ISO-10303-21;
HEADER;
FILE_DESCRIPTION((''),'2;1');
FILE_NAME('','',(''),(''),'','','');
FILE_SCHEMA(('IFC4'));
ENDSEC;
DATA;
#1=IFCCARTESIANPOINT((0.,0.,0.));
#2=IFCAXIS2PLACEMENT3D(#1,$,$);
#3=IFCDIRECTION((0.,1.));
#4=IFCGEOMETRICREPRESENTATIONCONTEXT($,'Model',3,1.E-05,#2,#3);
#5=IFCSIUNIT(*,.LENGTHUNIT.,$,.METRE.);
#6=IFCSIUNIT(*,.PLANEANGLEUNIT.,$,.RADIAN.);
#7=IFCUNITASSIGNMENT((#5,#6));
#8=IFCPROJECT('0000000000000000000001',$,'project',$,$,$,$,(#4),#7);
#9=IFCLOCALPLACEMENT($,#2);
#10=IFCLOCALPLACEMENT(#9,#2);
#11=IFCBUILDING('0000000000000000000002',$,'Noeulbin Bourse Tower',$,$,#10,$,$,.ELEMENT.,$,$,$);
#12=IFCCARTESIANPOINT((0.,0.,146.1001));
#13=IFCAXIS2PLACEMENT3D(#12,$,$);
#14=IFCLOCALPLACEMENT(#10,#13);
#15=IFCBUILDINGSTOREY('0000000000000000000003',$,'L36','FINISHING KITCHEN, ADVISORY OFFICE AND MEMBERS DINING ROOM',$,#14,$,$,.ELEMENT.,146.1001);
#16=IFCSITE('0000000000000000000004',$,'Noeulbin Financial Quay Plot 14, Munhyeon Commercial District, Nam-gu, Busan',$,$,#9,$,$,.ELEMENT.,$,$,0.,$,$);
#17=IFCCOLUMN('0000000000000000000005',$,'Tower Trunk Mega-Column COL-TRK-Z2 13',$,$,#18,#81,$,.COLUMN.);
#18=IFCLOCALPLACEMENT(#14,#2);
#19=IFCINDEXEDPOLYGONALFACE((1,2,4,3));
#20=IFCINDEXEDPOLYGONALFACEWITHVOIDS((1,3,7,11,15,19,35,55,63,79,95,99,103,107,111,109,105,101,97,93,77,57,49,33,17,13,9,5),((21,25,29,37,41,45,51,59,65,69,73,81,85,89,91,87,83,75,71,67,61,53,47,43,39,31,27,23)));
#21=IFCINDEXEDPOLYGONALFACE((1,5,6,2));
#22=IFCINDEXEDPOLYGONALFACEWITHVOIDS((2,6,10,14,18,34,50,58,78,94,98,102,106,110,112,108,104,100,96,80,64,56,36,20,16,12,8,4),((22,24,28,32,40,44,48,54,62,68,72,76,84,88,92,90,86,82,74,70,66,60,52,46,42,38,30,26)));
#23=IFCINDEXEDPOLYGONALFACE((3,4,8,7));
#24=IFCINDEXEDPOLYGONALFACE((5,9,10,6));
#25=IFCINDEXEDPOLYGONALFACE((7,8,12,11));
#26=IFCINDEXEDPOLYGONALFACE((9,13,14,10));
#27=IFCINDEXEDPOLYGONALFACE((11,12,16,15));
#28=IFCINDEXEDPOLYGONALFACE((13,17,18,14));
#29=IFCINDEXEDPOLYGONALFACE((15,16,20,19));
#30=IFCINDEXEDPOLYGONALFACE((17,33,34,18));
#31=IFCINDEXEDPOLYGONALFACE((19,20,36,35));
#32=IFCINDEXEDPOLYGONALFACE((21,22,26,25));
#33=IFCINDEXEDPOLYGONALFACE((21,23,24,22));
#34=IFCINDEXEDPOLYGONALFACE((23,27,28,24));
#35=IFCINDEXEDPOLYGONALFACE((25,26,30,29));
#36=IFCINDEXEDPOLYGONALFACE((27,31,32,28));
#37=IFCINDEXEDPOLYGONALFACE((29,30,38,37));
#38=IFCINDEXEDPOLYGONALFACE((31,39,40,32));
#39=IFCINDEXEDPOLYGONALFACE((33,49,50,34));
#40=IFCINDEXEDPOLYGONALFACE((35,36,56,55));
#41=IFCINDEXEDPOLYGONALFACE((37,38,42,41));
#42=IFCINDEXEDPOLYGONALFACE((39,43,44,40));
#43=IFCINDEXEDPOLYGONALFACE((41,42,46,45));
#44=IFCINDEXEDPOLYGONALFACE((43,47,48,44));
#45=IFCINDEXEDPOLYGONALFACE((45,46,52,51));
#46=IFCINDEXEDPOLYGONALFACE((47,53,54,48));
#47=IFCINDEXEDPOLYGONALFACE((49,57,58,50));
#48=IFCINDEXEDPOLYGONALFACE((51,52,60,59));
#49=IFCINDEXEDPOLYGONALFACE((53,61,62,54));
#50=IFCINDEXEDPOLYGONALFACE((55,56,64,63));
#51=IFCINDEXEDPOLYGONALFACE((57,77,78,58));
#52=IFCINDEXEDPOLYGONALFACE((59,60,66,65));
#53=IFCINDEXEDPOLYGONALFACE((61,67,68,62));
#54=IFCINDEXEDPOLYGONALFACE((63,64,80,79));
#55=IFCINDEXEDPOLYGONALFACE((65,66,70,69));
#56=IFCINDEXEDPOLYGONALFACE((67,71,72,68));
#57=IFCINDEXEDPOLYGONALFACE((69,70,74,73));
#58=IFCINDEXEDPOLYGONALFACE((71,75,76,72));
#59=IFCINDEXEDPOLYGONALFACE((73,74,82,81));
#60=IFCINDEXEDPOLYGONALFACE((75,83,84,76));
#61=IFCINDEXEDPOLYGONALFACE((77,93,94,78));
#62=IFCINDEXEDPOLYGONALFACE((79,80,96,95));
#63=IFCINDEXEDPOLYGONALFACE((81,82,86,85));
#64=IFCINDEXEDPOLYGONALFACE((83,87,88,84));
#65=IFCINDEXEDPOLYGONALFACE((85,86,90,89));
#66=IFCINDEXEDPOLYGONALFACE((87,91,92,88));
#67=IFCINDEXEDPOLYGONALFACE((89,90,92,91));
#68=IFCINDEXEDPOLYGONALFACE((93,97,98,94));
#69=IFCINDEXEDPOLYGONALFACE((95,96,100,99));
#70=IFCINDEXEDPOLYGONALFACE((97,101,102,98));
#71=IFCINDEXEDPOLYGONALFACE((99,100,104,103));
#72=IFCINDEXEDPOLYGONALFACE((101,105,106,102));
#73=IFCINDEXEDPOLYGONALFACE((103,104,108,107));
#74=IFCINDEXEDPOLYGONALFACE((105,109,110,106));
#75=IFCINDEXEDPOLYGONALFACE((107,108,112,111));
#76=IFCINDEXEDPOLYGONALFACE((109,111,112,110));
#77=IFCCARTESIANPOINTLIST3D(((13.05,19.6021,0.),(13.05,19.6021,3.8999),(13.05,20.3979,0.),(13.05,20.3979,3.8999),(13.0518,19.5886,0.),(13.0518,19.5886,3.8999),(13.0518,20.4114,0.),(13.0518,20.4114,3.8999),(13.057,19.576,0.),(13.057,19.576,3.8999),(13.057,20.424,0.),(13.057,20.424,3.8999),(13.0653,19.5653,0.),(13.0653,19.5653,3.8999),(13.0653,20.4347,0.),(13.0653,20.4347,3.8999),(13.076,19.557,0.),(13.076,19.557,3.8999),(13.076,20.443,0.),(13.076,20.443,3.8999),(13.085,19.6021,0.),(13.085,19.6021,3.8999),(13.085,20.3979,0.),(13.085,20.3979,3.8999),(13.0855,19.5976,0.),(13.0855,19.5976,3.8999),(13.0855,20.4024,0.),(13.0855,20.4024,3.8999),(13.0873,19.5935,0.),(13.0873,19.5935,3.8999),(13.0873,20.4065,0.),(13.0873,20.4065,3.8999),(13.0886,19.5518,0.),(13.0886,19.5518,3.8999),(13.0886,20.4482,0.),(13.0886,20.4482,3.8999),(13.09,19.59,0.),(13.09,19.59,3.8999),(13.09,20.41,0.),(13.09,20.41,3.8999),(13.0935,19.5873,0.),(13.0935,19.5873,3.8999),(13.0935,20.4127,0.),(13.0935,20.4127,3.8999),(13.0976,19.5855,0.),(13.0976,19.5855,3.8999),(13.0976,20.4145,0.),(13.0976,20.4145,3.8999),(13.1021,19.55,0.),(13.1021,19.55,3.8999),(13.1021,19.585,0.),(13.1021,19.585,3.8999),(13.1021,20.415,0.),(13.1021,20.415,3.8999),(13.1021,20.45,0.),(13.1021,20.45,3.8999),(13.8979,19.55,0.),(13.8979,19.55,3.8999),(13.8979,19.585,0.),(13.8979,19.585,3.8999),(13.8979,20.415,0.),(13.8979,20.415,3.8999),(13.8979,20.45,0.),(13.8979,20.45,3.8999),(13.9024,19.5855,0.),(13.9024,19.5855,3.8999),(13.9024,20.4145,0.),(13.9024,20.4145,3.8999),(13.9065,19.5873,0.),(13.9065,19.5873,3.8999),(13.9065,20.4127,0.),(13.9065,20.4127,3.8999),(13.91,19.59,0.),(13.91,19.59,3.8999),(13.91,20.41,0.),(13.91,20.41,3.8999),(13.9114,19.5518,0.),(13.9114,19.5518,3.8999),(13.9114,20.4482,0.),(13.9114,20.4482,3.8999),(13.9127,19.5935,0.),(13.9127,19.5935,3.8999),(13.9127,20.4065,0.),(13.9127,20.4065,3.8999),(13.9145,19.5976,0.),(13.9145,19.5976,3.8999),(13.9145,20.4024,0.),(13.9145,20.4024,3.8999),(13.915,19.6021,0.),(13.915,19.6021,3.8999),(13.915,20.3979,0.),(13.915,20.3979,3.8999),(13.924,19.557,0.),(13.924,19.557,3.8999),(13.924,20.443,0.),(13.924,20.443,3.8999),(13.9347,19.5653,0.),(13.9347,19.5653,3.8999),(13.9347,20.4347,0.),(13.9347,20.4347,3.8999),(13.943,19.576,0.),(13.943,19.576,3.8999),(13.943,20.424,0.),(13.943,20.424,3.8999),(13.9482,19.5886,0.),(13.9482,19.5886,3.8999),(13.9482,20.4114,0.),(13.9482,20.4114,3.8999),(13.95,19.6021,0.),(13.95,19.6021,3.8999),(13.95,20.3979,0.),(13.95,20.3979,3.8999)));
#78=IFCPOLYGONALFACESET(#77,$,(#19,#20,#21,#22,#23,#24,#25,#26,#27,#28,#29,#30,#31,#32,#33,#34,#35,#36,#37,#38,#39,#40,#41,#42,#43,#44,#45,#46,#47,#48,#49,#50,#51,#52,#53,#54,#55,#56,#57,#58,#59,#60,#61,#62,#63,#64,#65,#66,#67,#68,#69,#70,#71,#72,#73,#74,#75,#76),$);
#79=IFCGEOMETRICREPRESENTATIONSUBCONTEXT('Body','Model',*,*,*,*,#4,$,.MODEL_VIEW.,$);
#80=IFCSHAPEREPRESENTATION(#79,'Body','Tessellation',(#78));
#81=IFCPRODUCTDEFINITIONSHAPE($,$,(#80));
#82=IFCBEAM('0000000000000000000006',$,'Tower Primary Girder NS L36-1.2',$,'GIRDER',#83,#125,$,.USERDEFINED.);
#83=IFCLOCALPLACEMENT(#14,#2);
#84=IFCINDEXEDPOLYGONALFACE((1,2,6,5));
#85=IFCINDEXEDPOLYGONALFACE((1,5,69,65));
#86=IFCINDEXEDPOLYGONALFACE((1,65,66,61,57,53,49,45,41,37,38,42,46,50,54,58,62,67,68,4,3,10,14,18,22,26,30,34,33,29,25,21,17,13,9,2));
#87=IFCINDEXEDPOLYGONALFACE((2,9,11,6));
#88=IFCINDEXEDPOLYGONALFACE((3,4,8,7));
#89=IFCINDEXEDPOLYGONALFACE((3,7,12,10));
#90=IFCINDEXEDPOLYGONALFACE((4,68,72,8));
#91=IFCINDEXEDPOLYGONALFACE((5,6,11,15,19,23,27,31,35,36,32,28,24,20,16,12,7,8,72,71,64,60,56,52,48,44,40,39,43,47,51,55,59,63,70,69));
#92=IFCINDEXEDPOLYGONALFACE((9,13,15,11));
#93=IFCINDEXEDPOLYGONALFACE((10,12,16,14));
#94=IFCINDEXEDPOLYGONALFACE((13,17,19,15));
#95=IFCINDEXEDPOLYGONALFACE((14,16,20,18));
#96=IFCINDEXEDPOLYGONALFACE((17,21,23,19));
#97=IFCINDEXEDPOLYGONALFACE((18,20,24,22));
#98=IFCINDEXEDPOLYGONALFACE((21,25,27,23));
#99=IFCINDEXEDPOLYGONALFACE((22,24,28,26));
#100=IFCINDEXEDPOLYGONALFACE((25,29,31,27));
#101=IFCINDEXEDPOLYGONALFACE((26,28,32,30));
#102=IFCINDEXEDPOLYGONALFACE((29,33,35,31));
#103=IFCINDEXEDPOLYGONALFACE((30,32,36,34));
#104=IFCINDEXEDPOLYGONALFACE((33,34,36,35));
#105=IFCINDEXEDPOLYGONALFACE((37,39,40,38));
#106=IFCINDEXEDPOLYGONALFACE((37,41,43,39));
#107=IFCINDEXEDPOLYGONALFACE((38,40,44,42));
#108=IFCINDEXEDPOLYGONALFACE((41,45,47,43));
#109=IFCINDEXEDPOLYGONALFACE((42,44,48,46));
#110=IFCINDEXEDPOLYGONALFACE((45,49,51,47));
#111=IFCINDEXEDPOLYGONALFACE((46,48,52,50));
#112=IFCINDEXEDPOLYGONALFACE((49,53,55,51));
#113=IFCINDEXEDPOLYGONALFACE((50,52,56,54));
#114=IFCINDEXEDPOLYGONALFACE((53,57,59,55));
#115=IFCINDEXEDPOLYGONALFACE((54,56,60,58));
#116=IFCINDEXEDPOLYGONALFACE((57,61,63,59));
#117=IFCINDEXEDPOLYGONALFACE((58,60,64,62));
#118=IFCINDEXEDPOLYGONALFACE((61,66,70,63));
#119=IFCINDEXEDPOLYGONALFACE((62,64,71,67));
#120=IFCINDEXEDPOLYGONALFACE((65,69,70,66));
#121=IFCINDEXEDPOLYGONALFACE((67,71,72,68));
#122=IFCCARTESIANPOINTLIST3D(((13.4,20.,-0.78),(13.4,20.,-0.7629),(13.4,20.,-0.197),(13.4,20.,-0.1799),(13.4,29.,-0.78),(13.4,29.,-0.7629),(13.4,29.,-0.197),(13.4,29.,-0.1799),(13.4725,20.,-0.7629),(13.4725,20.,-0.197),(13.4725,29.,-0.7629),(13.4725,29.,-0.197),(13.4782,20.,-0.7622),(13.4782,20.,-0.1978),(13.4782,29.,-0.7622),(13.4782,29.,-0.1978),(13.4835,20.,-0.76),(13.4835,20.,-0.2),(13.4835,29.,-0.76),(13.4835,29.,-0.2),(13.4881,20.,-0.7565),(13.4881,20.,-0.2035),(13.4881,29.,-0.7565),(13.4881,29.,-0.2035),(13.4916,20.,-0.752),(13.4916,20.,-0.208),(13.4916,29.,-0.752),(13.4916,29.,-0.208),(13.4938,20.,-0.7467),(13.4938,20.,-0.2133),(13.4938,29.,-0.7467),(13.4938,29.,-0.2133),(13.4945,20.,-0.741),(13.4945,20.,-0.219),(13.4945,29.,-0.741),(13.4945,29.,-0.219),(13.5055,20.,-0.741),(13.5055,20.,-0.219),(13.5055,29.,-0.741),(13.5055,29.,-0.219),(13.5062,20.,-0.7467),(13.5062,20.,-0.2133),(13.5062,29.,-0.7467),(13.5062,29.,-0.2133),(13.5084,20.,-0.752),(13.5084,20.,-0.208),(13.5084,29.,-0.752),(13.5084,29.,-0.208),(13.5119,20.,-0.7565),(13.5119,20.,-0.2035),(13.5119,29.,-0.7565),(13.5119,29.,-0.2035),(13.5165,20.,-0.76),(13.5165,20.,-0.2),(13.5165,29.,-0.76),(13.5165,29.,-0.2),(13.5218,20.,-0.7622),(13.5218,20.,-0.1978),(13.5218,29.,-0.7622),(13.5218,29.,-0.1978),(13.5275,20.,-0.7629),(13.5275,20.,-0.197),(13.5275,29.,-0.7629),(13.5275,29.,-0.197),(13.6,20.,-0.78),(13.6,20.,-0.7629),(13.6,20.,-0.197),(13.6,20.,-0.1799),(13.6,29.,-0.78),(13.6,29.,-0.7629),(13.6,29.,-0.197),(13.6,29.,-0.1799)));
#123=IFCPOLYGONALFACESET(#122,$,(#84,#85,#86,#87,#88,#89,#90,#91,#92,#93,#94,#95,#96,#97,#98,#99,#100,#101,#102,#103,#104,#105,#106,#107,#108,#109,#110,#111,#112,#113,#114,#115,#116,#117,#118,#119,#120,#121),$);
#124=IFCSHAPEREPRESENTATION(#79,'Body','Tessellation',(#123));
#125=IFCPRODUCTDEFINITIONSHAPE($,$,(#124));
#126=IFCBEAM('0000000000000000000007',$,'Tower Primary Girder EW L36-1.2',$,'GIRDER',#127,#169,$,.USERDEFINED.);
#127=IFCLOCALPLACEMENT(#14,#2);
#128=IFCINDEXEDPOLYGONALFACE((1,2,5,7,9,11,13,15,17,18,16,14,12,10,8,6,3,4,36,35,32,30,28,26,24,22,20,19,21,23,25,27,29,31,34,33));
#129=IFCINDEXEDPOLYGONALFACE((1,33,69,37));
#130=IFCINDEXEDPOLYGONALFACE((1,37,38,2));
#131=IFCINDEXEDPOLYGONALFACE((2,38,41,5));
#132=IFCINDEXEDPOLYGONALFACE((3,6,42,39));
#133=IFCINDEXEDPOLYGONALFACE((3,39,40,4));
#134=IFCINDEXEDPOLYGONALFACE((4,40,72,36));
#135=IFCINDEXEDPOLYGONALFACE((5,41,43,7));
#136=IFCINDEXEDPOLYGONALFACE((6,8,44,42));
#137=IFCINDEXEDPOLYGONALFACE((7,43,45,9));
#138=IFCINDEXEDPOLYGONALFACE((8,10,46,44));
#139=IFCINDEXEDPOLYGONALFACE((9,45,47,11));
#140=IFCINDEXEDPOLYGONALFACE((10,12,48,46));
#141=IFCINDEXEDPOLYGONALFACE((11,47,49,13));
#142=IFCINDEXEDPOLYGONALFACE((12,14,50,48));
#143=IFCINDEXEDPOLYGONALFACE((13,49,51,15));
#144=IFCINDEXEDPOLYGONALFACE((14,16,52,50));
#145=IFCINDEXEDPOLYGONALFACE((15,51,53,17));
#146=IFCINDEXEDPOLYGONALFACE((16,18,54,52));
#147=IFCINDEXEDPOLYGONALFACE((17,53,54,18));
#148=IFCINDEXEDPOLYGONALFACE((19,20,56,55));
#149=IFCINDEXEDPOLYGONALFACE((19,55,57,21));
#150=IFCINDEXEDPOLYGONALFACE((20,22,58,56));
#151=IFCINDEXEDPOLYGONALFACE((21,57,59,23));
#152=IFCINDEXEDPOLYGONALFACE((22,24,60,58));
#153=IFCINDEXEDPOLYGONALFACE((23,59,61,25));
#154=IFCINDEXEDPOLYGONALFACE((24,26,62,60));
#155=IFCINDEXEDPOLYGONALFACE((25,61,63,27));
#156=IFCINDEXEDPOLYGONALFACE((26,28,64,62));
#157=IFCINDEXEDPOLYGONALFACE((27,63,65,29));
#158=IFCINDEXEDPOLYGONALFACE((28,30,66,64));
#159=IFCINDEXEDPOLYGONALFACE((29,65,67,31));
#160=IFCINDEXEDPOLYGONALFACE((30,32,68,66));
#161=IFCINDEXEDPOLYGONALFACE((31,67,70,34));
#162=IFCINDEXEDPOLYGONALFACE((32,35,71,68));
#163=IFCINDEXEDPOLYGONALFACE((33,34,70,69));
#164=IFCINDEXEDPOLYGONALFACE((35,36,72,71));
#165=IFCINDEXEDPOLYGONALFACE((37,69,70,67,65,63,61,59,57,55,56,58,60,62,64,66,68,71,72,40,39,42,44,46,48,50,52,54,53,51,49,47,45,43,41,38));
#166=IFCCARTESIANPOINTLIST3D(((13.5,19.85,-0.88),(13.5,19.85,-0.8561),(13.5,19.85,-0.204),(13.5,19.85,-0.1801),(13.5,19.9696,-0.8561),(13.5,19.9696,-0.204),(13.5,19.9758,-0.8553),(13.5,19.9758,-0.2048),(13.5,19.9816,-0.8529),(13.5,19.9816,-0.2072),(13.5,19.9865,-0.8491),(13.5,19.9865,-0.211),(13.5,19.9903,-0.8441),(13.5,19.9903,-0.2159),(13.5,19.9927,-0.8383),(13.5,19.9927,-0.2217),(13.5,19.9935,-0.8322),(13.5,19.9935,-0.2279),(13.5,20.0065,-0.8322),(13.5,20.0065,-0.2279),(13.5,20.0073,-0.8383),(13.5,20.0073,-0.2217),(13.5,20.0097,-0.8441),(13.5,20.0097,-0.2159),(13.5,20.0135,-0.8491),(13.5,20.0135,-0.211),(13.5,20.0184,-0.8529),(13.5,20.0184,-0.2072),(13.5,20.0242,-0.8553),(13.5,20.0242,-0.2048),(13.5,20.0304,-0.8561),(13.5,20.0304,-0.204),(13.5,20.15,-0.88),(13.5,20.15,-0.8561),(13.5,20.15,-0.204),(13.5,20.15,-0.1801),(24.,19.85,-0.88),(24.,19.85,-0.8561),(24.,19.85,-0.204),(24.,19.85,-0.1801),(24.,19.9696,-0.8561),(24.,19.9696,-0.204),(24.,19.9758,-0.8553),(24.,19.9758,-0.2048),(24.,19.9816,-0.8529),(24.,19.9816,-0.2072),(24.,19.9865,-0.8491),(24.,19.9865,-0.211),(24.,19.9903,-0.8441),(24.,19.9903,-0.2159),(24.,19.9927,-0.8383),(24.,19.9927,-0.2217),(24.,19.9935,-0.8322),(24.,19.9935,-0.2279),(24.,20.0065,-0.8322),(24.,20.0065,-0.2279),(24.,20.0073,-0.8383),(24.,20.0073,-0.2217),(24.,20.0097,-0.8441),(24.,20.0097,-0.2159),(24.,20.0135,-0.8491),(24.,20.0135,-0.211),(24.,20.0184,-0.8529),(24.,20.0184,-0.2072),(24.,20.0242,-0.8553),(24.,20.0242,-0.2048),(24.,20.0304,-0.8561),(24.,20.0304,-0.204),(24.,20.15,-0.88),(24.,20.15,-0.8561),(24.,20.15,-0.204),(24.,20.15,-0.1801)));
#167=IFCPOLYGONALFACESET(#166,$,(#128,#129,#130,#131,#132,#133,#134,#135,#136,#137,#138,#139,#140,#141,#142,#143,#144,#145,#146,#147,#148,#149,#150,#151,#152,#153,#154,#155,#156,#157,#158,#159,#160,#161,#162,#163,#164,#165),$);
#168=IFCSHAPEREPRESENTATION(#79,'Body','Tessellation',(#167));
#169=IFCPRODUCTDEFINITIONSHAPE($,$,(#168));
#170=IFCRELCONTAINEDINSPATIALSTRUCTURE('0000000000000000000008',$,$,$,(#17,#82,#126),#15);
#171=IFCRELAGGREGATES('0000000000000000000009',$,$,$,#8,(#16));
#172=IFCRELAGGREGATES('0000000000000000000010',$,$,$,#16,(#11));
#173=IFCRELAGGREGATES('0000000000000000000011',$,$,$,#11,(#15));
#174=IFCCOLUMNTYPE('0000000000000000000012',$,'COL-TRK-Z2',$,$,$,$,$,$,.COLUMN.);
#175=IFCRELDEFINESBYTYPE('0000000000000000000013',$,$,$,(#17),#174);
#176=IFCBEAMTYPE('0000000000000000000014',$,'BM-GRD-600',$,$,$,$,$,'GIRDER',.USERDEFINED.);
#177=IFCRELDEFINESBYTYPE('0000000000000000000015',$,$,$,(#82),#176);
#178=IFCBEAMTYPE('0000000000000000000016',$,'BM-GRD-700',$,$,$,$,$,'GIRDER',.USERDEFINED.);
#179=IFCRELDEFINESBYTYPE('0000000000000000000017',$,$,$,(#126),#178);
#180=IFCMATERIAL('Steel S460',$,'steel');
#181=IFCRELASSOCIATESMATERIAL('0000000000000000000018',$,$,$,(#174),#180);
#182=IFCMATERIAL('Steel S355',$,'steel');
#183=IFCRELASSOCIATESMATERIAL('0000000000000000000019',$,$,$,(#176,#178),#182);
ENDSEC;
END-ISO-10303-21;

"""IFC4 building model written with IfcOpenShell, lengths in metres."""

from ifc_helpers import new_model, si_unit, direction, frame, origin, origin_2d, place, context, subcontext, project, spatial, hollow_rectangle, i_section, extrude, material, material_profile, profile_set, type_object, element, save


model = new_model("IFC4")

# Units and contexts
model_context = context("Model", 3, precision=1e-05, world=origin(), true_north=direction((0.0, 1.0)))
body_context = subcontext(model_context, "Body", "Model", "MODEL_VIEW")
ifc_project = project(units=[si_unit("LENGTHUNIT", "METRE"), si_unit("PLANEANGLEUNIT", "RADIAN")], contexts=[model_context])

# Site, building, storey
site_placement = place(None, origin())
site = spatial("IfcSite", under=ifc_project, at=site_placement, Name="Noeulbin Financial Quay Plot 14, Munhyeon Commercial District, Nam-gu, Busan", CompositionType="ELEMENT", RefElevation=0.0)
building_placement = place(site_placement, origin())
building = spatial("IfcBuilding", under=site, at=building_placement, Name="Noeulbin Bourse Tower", CompositionType="ELEMENT")
storey_placement = place(building_placement, frame((0.0, 0.0, 146.1001)))
storey = spatial("IfcBuildingStorey", under=building, at=storey_placement, Name="L36", Description="FINISHING KITCHEN, ADVISORY OFFICE AND MEMBERS DINING ROOM", CompositionType="ELEMENT", Elevation=146.1001)

# Column
ifc_material_1 = material(Name="Steel S460", Category="steel")
ifc_material_profile_1 = material_profile(ifc_material_1, hollow_rectangle(XDim=0.8999, YDim=0.8999, WallThickness=0.0349, InnerFilletRadius=0.0171, OuterFilletRadius=0.052, at=origin_2d()), Name="BOX-900x900x35", Category="LoadBearing")
ifc_profile_set_1 = profile_set([ifc_material_profile_1], Name="Steel S460")
column_type = type_object("IfcColumnType", Name="COL-TRK-Z2", PredefinedType="COLUMN", material=ifc_profile_set_1)
column_placement = place(storey_placement, frame((13.5, 20.0, 0.0), z_axis=(0.0, 0.0, 1.0), x_axis=(1.0, 0.0, 0.0)))
element("IfcColumn", 1, at=column_placement, inside=storey, type_object=column_type, Name="Tower Trunk Mega-Column COL-TRK-Z2 13", PredefinedType="COLUMN", context=body_context, shape_type="SweptSolid", body=[
    extrude(hollow_rectangle(XDim=0.8999, YDim=0.8999, WallThickness=0.0349, InnerFilletRadius=0.0171, OuterFilletRadius=0.052, at=origin_2d()), origin(), (0.0, 0.0, 1.0), 3.8999),
])

# Beams
ifc_material_2 = material(Name="Steel S355", Category="steel")
ifc_material_profile_2 = material_profile(ifc_material_2, i_section(OverallWidth=0.2, OverallDepth=0.6001, WebThickness=0.011, FlangeThickness=0.0171, FilletRadius=0.022, at=origin_2d()), Name="H-600x200x11x17", Category="LoadBearing")
ifc_profile_set_2 = profile_set([ifc_material_profile_2], Name="Steel S355")
beam_type_1 = type_object("IfcBeamType", Name="BM-GRD-600", ElementType="GIRDER", PredefinedType="USERDEFINED", material=ifc_profile_set_2)
beam_1_placement = place(storey_placement, frame((13.5, 20.0, -0.48), z_axis=(0.0, 1.0, 0.0), x_axis=(-1.0, 0.0, 0.0)))
element("IfcBeam", 2, at=beam_1_placement, inside=storey, type_object=beam_type_1, Name="Tower Primary Girder NS L36-1.2", ObjectType="GIRDER", PredefinedType="USERDEFINED", context=body_context, shape_type="SweptSolid", body=[
    extrude(i_section(OverallWidth=0.2, OverallDepth=0.6001, WebThickness=0.011, FlangeThickness=0.0171, FilletRadius=0.022, at=origin_2d()), origin(), (0.0, 0.0, 1.0), 9.0),
])
ifc_material_profile_3 = material_profile(ifc_material_2, i_section(OverallWidth=0.3, OverallDepth=0.7, WebThickness=0.0129, FlangeThickness=0.0239, FilletRadius=0.0239, at=origin_2d()), Name="H-700x300x13x24", Category="LoadBearing")
ifc_profile_set_3 = profile_set([ifc_material_profile_3], Name="Steel S355")
beam_type_2 = type_object("IfcBeamType", Name="BM-GRD-700", ElementType="GIRDER", PredefinedType="USERDEFINED", material=ifc_profile_set_3)
beam_2_placement = place(storey_placement, frame((13.5, 20.0, -0.53), z_axis=(1.0, 0.0, 0.0), x_axis=(0.0, 1.0, 0.0)))
element("IfcBeam", 3, at=beam_2_placement, inside=storey, type_object=beam_type_2, Name="Tower Primary Girder EW L36-1.2", ObjectType="GIRDER", PredefinedType="USERDEFINED", context=body_context, shape_type="SweptSolid", body=[
    extrude(i_section(OverallWidth=0.3, OverallDepth=0.7, WebThickness=0.0129, FlangeThickness=0.0239, FilletRadius=0.0239, at=origin_2d()), origin(), (0.0, 0.0, 1.0), 10.5),
])

save(model, "model.ifc")
